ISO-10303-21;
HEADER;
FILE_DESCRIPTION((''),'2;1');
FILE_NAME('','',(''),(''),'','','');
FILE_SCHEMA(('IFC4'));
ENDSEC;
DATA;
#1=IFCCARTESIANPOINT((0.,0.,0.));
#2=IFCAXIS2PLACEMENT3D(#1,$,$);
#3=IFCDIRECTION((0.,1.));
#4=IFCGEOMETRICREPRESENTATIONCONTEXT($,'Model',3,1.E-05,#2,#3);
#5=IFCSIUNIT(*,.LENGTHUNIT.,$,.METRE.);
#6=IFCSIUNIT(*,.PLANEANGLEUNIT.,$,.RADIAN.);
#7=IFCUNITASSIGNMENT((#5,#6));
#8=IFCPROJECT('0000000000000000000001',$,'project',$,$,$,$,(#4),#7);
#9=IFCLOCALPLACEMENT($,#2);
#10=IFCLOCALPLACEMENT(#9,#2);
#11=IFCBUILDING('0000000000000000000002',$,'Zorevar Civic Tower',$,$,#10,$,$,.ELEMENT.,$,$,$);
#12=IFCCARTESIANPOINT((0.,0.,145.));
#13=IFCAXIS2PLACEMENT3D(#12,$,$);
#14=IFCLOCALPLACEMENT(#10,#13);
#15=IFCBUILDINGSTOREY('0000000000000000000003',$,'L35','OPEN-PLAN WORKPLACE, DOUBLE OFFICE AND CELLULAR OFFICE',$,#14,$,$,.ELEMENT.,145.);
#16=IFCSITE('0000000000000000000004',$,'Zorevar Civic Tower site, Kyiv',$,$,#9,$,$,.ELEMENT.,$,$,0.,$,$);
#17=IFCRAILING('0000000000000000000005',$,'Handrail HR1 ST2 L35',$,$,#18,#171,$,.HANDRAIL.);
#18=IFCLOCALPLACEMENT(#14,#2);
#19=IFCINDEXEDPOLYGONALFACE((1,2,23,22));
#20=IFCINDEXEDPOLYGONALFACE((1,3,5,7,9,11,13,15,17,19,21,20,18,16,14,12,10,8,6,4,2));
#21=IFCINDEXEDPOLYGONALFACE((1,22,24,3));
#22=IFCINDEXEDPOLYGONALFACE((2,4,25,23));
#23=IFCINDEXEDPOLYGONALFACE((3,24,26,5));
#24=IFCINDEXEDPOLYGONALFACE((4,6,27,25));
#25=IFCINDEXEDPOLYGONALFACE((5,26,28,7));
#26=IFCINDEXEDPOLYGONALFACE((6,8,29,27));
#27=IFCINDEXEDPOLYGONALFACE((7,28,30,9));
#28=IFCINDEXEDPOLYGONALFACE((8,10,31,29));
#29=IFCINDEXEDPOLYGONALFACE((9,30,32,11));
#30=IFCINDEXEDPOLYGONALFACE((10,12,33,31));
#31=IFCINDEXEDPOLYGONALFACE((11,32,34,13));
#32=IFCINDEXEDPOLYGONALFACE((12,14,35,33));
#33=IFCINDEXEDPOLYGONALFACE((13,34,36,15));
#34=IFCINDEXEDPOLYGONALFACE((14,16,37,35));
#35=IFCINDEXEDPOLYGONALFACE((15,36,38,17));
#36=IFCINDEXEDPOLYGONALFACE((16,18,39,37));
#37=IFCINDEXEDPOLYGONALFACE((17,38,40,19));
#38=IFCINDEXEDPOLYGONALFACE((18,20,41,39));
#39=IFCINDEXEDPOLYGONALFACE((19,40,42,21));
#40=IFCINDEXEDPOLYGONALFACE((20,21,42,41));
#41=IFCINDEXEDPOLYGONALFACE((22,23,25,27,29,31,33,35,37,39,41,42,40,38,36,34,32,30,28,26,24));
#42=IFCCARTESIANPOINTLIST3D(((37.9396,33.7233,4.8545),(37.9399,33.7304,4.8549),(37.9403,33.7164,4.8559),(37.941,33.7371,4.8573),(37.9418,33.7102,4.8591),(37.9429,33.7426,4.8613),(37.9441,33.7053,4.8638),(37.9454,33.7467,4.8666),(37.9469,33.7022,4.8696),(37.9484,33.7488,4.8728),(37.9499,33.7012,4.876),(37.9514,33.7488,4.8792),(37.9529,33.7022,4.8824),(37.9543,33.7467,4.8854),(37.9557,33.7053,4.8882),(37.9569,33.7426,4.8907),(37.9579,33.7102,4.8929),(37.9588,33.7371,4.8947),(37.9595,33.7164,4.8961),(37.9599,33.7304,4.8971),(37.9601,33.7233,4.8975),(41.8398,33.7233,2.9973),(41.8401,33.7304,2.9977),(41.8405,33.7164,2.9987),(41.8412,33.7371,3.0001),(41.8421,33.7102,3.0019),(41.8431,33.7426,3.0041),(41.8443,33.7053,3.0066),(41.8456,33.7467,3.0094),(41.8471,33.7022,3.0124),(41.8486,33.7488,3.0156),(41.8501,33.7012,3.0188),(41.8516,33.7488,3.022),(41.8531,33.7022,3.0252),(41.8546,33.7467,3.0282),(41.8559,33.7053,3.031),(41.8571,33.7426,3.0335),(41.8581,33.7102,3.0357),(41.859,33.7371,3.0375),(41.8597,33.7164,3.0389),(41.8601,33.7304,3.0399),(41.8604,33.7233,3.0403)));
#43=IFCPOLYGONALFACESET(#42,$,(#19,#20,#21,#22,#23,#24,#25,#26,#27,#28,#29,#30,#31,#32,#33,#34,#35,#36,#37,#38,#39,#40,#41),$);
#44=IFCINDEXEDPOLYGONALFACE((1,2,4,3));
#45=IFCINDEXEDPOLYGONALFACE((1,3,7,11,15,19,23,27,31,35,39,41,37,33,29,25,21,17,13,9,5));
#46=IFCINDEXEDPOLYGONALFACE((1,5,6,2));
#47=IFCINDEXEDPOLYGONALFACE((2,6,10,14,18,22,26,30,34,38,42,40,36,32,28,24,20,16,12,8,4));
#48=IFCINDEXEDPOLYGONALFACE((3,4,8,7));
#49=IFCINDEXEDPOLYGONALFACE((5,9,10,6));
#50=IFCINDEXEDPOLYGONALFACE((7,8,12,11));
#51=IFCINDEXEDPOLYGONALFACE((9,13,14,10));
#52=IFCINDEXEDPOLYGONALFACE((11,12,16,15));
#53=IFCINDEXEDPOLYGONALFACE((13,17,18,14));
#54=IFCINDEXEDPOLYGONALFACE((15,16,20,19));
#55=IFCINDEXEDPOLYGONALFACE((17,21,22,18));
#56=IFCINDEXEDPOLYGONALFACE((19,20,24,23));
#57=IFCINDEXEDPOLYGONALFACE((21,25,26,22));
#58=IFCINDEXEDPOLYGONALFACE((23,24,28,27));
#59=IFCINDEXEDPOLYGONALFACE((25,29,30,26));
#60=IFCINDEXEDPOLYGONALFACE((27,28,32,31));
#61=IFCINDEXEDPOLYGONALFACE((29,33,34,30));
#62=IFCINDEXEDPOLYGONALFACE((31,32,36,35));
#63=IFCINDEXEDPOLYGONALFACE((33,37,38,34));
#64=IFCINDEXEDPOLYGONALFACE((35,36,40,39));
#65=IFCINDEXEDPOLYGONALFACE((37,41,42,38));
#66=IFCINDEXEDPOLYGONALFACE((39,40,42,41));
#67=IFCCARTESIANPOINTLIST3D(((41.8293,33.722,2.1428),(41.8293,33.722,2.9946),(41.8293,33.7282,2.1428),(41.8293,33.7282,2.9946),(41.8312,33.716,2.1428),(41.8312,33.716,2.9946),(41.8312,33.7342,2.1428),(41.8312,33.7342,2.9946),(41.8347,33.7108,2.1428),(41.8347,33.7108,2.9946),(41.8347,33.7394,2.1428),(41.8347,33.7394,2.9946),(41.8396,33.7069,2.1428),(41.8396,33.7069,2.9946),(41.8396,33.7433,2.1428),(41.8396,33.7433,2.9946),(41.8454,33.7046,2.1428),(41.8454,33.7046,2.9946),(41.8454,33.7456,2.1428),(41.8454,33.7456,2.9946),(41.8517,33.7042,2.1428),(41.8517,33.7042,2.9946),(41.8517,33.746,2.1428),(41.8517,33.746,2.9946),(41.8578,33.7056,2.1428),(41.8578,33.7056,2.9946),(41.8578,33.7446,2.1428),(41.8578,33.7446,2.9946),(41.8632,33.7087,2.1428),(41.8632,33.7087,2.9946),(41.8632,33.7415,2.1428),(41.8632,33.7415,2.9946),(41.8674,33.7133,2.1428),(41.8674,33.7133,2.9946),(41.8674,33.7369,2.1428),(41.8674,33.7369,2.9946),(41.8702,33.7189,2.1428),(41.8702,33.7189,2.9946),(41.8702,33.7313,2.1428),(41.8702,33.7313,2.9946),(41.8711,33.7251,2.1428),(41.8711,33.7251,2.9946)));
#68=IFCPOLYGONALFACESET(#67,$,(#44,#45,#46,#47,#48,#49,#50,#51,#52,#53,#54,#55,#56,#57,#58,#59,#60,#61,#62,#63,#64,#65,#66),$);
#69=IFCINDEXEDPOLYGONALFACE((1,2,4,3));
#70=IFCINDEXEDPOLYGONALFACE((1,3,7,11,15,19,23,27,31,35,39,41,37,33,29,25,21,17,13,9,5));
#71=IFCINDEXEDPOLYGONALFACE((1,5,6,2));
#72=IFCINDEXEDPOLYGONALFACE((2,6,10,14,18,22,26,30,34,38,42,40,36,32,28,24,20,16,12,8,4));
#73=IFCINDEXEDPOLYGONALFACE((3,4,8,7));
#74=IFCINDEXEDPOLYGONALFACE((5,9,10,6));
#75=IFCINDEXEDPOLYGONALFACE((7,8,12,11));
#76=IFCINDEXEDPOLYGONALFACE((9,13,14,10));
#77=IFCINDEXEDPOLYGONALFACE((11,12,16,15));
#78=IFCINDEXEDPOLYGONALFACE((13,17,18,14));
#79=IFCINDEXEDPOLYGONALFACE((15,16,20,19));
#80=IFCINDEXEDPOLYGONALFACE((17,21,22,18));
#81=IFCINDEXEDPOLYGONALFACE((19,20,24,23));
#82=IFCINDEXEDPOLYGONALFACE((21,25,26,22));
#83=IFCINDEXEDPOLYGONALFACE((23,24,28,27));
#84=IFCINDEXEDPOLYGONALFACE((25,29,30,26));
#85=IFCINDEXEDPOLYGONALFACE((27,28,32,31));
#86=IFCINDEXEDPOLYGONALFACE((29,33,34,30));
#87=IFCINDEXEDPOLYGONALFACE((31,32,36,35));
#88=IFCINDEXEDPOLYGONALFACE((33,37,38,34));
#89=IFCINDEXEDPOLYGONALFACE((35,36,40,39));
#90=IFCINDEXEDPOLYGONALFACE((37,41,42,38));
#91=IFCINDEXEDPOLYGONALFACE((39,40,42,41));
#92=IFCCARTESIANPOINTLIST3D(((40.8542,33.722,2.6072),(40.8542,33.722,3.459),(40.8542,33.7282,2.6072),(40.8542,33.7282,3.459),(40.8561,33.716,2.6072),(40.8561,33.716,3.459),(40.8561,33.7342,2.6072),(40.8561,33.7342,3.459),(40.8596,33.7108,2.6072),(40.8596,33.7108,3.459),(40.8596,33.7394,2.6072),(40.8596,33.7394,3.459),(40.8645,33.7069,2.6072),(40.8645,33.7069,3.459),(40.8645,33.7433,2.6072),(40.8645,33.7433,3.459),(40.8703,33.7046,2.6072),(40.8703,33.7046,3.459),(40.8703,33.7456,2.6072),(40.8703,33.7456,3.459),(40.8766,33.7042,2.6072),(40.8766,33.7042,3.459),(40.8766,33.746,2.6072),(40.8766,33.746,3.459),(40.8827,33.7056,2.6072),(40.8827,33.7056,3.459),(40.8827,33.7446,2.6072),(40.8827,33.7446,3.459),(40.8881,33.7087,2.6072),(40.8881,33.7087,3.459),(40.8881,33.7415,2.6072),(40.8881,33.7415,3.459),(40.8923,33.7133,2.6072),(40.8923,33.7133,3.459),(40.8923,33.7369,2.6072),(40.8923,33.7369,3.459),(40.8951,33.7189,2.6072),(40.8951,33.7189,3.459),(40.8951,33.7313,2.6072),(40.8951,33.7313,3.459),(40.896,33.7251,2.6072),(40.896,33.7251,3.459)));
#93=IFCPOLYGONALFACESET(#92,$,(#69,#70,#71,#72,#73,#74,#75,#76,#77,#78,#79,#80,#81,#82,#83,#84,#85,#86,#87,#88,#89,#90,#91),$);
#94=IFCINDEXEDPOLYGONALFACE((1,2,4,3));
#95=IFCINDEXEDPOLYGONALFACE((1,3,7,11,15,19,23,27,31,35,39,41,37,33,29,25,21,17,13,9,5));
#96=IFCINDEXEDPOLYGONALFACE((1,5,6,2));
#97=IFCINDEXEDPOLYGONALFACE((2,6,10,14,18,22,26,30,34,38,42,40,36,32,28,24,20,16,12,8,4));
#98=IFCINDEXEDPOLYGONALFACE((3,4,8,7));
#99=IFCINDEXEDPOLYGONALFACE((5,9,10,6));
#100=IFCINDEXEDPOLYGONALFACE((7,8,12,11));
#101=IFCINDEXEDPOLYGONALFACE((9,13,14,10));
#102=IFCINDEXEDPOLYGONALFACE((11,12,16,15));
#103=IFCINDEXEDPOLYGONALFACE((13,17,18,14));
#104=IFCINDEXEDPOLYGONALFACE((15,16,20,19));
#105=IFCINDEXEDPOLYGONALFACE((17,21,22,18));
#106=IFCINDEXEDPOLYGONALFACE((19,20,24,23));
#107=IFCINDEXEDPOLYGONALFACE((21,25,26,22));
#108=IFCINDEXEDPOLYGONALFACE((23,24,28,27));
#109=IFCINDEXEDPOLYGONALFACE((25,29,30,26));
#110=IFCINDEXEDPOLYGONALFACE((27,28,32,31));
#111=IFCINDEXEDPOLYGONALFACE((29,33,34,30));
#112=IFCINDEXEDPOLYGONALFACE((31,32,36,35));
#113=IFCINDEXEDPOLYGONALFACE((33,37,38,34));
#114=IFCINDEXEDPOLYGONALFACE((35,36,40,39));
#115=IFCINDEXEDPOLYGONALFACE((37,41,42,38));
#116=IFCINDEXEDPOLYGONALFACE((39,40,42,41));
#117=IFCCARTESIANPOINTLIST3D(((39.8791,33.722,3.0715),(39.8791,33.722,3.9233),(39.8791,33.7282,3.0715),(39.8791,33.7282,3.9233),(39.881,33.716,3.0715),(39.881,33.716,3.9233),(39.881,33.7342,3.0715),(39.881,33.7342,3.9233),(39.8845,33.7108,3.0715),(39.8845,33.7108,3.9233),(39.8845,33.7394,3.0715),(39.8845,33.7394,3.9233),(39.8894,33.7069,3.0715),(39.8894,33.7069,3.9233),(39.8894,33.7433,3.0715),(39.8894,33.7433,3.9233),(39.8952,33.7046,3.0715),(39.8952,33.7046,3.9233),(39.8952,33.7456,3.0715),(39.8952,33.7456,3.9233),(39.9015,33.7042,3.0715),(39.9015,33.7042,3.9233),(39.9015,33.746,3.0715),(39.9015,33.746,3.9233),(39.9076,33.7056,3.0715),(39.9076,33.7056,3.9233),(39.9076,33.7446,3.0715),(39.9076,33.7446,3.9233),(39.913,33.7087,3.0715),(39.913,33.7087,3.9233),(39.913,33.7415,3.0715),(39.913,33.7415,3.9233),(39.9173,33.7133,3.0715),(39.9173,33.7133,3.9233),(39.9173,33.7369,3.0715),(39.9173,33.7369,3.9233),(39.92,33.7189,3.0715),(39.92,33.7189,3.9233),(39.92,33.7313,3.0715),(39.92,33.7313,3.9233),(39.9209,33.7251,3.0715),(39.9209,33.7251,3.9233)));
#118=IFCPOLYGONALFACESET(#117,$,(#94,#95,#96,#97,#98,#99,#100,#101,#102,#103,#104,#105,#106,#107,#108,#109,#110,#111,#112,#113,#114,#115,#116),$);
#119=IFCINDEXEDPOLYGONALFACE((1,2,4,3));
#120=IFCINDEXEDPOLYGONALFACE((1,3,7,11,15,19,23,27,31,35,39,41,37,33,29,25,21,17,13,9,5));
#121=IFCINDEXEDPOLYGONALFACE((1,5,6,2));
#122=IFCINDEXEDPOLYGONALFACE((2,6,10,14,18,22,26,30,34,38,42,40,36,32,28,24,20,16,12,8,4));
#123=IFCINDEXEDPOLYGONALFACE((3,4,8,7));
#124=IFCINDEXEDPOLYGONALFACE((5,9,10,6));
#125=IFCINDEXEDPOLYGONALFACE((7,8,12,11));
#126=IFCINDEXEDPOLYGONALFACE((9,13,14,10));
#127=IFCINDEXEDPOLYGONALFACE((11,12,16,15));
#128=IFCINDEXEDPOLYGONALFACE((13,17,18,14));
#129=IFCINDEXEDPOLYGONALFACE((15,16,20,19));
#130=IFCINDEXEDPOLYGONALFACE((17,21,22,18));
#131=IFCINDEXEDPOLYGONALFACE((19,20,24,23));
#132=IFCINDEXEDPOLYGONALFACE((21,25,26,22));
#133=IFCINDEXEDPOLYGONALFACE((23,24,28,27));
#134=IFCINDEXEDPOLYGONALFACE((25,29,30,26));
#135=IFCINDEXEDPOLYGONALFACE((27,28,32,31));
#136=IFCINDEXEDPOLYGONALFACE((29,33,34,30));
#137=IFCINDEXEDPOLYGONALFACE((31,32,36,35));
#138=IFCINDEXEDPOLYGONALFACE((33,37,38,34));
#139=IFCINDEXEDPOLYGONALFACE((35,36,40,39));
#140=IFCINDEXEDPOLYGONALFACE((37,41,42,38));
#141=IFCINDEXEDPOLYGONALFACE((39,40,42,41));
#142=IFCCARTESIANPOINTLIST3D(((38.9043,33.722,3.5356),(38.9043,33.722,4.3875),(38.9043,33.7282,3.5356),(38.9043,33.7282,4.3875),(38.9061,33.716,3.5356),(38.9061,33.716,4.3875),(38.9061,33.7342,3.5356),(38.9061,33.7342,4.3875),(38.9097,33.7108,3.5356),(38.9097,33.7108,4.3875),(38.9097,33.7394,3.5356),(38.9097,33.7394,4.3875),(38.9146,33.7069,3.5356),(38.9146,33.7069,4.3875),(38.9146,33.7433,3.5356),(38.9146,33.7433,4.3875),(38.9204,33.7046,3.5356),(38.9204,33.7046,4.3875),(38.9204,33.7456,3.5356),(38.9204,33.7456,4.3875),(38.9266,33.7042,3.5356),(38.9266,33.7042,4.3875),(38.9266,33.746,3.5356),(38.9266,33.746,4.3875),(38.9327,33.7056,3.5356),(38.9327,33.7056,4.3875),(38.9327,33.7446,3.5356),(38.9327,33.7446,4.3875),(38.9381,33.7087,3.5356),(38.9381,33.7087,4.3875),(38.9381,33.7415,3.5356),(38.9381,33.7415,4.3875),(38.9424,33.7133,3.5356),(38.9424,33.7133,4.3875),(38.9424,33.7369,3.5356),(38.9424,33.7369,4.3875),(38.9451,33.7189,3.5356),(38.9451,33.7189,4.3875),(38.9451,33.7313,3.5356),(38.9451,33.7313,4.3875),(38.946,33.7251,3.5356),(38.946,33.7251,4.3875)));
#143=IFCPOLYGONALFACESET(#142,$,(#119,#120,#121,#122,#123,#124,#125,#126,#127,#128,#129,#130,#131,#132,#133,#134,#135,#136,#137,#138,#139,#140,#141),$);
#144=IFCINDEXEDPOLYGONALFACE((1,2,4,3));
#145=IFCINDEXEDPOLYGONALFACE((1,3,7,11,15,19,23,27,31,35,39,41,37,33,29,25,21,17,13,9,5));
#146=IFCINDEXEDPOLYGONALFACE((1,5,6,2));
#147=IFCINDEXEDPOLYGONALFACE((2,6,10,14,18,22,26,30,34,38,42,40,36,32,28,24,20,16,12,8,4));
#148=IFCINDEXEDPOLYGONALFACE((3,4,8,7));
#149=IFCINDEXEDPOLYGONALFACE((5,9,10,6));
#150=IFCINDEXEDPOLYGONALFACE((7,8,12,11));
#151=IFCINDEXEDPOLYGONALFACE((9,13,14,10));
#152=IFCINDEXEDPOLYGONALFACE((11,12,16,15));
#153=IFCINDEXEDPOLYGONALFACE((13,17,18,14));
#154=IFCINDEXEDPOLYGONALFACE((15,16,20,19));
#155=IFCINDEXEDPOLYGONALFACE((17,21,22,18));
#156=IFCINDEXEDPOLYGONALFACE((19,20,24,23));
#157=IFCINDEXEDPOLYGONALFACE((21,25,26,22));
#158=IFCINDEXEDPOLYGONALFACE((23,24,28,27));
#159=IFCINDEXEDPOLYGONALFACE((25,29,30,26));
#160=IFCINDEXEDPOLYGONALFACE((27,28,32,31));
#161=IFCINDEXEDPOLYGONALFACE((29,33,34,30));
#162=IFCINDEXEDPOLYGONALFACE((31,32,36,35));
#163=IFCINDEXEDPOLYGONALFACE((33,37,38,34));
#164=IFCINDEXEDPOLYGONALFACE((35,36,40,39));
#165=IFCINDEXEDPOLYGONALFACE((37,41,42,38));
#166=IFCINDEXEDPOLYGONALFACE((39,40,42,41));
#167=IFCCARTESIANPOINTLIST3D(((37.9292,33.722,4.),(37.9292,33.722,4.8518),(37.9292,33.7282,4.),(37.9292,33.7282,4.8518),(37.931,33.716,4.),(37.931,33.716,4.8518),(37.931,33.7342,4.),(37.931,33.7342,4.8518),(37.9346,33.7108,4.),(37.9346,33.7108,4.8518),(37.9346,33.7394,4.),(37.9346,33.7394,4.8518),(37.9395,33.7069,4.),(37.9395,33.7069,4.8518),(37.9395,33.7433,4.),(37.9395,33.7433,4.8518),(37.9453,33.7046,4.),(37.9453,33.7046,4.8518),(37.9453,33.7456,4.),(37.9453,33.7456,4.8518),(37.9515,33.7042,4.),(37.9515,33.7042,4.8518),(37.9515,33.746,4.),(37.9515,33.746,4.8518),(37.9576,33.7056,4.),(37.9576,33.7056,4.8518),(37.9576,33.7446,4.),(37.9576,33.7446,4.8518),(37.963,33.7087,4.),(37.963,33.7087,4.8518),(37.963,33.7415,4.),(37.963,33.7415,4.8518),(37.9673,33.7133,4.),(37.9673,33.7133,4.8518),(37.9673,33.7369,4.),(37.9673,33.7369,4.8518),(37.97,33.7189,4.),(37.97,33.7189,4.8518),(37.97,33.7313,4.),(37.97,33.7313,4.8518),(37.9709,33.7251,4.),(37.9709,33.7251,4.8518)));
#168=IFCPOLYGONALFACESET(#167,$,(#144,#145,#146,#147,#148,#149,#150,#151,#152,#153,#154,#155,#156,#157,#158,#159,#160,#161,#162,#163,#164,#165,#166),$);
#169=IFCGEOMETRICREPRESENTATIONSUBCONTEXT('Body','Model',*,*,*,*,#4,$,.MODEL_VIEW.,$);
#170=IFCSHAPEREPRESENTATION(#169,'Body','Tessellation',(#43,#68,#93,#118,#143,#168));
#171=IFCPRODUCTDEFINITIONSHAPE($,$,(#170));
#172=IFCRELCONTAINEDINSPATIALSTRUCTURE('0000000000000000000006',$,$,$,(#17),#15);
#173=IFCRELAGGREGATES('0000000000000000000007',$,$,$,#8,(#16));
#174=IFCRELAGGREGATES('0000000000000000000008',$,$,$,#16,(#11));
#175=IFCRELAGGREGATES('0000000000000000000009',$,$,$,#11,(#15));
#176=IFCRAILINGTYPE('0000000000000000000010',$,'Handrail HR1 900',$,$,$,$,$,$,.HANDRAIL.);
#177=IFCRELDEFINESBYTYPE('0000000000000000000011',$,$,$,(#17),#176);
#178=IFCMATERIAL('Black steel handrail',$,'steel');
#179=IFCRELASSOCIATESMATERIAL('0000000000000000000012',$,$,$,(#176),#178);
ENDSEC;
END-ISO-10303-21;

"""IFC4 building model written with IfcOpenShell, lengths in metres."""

from ifc_helpers import new_model, si_unit, direction, frame, origin, origin_2d, place, context, subcontext, project, spatial, circle, extrude, material, type_object, element, save


model = new_model("IFC4")

# Units and contexts
model_context = context("Model", 3, precision=1e-05, world=origin(), true_north=direction((0.0, 1.0)))
body_context = subcontext(model_context, "Body", "Model", "MODEL_VIEW")
ifc_project = project(units=[si_unit("LENGTHUNIT", "METRE"), si_unit("PLANEANGLEUNIT", "RADIAN")], contexts=[model_context])

# Site, building, storey
site_placement = place(None, origin())
site = spatial("IfcSite", under=ifc_project, at=site_placement, Name="Zorevar Civic Tower site, Kyiv", CompositionType="ELEMENT", RefElevation=0.0)
building_placement = place(site_placement, origin())
building = spatial("IfcBuilding", under=site, at=building_placement, Name="Zorevar Civic Tower", CompositionType="ELEMENT")
storey_placement = place(building_placement, frame((0.0, 0.0, 145.0)))
storey = spatial("IfcBuildingStorey", under=building, at=storey_placement, Name="L35", Description="OPEN-PLAN WORKPLACE, DOUBLE OFFICE AND CELLULAR OFFICE", CompositionType="ELEMENT", Elevation=145.0)

# Railing
ifc_material_1 = material(Name="Black steel handrail", Category="steel")
railing_type = type_object("IfcRailingType", Name="Handrail HR1 900", PredefinedType="HANDRAIL", material=ifc_material_1)
railing_1_placement = place(storey_placement, frame((41.8501, 33.7251, 2.1428)))
element("IfcRailing", 1, at=railing_1_placement, inside=storey, type_object=railing_type, Name="Handrail HR1 ST2 L35", PredefinedType="HANDRAIL", context=body_context, shape_type="SweptSolid", body=[
    extrude(circle(Radius=0.0239, at=origin_2d()), frame((0.0, 0.0, 0.876), z_axis=(-0.902864, 0.0, 0.429927), x_axis=(0.0, -1.0, 0.0)), (0.0, 0.0, 1.0), 4.3198),
    extrude(circle(Radius=0.021, at=origin_2d()), origin(), (0.0, 0.0, 1.0), 0.8518),
    extrude(circle(Radius=0.021, at=origin_2d()), frame((-0.9751, 0.0, 0.4644)), (0.0, 0.0, 1.0), 0.8518),
    extrude(circle(Radius=0.021, at=origin_2d()), frame((-1.9502, 0.0, 0.9287)), (0.0, 0.0, 1.0), 0.8518),
    extrude(circle(Radius=0.021, at=origin_2d()), frame((-2.925, 0.0, 1.3928)), (0.0, 0.0, 1.0), 0.8518),
    extrude(circle(Radius=0.021, at=origin_2d()), frame((-3.9001, 0.0, 1.8572)), (0.0, 0.0, 1.0), 0.8518),
])

save(model, "model.ifc")
